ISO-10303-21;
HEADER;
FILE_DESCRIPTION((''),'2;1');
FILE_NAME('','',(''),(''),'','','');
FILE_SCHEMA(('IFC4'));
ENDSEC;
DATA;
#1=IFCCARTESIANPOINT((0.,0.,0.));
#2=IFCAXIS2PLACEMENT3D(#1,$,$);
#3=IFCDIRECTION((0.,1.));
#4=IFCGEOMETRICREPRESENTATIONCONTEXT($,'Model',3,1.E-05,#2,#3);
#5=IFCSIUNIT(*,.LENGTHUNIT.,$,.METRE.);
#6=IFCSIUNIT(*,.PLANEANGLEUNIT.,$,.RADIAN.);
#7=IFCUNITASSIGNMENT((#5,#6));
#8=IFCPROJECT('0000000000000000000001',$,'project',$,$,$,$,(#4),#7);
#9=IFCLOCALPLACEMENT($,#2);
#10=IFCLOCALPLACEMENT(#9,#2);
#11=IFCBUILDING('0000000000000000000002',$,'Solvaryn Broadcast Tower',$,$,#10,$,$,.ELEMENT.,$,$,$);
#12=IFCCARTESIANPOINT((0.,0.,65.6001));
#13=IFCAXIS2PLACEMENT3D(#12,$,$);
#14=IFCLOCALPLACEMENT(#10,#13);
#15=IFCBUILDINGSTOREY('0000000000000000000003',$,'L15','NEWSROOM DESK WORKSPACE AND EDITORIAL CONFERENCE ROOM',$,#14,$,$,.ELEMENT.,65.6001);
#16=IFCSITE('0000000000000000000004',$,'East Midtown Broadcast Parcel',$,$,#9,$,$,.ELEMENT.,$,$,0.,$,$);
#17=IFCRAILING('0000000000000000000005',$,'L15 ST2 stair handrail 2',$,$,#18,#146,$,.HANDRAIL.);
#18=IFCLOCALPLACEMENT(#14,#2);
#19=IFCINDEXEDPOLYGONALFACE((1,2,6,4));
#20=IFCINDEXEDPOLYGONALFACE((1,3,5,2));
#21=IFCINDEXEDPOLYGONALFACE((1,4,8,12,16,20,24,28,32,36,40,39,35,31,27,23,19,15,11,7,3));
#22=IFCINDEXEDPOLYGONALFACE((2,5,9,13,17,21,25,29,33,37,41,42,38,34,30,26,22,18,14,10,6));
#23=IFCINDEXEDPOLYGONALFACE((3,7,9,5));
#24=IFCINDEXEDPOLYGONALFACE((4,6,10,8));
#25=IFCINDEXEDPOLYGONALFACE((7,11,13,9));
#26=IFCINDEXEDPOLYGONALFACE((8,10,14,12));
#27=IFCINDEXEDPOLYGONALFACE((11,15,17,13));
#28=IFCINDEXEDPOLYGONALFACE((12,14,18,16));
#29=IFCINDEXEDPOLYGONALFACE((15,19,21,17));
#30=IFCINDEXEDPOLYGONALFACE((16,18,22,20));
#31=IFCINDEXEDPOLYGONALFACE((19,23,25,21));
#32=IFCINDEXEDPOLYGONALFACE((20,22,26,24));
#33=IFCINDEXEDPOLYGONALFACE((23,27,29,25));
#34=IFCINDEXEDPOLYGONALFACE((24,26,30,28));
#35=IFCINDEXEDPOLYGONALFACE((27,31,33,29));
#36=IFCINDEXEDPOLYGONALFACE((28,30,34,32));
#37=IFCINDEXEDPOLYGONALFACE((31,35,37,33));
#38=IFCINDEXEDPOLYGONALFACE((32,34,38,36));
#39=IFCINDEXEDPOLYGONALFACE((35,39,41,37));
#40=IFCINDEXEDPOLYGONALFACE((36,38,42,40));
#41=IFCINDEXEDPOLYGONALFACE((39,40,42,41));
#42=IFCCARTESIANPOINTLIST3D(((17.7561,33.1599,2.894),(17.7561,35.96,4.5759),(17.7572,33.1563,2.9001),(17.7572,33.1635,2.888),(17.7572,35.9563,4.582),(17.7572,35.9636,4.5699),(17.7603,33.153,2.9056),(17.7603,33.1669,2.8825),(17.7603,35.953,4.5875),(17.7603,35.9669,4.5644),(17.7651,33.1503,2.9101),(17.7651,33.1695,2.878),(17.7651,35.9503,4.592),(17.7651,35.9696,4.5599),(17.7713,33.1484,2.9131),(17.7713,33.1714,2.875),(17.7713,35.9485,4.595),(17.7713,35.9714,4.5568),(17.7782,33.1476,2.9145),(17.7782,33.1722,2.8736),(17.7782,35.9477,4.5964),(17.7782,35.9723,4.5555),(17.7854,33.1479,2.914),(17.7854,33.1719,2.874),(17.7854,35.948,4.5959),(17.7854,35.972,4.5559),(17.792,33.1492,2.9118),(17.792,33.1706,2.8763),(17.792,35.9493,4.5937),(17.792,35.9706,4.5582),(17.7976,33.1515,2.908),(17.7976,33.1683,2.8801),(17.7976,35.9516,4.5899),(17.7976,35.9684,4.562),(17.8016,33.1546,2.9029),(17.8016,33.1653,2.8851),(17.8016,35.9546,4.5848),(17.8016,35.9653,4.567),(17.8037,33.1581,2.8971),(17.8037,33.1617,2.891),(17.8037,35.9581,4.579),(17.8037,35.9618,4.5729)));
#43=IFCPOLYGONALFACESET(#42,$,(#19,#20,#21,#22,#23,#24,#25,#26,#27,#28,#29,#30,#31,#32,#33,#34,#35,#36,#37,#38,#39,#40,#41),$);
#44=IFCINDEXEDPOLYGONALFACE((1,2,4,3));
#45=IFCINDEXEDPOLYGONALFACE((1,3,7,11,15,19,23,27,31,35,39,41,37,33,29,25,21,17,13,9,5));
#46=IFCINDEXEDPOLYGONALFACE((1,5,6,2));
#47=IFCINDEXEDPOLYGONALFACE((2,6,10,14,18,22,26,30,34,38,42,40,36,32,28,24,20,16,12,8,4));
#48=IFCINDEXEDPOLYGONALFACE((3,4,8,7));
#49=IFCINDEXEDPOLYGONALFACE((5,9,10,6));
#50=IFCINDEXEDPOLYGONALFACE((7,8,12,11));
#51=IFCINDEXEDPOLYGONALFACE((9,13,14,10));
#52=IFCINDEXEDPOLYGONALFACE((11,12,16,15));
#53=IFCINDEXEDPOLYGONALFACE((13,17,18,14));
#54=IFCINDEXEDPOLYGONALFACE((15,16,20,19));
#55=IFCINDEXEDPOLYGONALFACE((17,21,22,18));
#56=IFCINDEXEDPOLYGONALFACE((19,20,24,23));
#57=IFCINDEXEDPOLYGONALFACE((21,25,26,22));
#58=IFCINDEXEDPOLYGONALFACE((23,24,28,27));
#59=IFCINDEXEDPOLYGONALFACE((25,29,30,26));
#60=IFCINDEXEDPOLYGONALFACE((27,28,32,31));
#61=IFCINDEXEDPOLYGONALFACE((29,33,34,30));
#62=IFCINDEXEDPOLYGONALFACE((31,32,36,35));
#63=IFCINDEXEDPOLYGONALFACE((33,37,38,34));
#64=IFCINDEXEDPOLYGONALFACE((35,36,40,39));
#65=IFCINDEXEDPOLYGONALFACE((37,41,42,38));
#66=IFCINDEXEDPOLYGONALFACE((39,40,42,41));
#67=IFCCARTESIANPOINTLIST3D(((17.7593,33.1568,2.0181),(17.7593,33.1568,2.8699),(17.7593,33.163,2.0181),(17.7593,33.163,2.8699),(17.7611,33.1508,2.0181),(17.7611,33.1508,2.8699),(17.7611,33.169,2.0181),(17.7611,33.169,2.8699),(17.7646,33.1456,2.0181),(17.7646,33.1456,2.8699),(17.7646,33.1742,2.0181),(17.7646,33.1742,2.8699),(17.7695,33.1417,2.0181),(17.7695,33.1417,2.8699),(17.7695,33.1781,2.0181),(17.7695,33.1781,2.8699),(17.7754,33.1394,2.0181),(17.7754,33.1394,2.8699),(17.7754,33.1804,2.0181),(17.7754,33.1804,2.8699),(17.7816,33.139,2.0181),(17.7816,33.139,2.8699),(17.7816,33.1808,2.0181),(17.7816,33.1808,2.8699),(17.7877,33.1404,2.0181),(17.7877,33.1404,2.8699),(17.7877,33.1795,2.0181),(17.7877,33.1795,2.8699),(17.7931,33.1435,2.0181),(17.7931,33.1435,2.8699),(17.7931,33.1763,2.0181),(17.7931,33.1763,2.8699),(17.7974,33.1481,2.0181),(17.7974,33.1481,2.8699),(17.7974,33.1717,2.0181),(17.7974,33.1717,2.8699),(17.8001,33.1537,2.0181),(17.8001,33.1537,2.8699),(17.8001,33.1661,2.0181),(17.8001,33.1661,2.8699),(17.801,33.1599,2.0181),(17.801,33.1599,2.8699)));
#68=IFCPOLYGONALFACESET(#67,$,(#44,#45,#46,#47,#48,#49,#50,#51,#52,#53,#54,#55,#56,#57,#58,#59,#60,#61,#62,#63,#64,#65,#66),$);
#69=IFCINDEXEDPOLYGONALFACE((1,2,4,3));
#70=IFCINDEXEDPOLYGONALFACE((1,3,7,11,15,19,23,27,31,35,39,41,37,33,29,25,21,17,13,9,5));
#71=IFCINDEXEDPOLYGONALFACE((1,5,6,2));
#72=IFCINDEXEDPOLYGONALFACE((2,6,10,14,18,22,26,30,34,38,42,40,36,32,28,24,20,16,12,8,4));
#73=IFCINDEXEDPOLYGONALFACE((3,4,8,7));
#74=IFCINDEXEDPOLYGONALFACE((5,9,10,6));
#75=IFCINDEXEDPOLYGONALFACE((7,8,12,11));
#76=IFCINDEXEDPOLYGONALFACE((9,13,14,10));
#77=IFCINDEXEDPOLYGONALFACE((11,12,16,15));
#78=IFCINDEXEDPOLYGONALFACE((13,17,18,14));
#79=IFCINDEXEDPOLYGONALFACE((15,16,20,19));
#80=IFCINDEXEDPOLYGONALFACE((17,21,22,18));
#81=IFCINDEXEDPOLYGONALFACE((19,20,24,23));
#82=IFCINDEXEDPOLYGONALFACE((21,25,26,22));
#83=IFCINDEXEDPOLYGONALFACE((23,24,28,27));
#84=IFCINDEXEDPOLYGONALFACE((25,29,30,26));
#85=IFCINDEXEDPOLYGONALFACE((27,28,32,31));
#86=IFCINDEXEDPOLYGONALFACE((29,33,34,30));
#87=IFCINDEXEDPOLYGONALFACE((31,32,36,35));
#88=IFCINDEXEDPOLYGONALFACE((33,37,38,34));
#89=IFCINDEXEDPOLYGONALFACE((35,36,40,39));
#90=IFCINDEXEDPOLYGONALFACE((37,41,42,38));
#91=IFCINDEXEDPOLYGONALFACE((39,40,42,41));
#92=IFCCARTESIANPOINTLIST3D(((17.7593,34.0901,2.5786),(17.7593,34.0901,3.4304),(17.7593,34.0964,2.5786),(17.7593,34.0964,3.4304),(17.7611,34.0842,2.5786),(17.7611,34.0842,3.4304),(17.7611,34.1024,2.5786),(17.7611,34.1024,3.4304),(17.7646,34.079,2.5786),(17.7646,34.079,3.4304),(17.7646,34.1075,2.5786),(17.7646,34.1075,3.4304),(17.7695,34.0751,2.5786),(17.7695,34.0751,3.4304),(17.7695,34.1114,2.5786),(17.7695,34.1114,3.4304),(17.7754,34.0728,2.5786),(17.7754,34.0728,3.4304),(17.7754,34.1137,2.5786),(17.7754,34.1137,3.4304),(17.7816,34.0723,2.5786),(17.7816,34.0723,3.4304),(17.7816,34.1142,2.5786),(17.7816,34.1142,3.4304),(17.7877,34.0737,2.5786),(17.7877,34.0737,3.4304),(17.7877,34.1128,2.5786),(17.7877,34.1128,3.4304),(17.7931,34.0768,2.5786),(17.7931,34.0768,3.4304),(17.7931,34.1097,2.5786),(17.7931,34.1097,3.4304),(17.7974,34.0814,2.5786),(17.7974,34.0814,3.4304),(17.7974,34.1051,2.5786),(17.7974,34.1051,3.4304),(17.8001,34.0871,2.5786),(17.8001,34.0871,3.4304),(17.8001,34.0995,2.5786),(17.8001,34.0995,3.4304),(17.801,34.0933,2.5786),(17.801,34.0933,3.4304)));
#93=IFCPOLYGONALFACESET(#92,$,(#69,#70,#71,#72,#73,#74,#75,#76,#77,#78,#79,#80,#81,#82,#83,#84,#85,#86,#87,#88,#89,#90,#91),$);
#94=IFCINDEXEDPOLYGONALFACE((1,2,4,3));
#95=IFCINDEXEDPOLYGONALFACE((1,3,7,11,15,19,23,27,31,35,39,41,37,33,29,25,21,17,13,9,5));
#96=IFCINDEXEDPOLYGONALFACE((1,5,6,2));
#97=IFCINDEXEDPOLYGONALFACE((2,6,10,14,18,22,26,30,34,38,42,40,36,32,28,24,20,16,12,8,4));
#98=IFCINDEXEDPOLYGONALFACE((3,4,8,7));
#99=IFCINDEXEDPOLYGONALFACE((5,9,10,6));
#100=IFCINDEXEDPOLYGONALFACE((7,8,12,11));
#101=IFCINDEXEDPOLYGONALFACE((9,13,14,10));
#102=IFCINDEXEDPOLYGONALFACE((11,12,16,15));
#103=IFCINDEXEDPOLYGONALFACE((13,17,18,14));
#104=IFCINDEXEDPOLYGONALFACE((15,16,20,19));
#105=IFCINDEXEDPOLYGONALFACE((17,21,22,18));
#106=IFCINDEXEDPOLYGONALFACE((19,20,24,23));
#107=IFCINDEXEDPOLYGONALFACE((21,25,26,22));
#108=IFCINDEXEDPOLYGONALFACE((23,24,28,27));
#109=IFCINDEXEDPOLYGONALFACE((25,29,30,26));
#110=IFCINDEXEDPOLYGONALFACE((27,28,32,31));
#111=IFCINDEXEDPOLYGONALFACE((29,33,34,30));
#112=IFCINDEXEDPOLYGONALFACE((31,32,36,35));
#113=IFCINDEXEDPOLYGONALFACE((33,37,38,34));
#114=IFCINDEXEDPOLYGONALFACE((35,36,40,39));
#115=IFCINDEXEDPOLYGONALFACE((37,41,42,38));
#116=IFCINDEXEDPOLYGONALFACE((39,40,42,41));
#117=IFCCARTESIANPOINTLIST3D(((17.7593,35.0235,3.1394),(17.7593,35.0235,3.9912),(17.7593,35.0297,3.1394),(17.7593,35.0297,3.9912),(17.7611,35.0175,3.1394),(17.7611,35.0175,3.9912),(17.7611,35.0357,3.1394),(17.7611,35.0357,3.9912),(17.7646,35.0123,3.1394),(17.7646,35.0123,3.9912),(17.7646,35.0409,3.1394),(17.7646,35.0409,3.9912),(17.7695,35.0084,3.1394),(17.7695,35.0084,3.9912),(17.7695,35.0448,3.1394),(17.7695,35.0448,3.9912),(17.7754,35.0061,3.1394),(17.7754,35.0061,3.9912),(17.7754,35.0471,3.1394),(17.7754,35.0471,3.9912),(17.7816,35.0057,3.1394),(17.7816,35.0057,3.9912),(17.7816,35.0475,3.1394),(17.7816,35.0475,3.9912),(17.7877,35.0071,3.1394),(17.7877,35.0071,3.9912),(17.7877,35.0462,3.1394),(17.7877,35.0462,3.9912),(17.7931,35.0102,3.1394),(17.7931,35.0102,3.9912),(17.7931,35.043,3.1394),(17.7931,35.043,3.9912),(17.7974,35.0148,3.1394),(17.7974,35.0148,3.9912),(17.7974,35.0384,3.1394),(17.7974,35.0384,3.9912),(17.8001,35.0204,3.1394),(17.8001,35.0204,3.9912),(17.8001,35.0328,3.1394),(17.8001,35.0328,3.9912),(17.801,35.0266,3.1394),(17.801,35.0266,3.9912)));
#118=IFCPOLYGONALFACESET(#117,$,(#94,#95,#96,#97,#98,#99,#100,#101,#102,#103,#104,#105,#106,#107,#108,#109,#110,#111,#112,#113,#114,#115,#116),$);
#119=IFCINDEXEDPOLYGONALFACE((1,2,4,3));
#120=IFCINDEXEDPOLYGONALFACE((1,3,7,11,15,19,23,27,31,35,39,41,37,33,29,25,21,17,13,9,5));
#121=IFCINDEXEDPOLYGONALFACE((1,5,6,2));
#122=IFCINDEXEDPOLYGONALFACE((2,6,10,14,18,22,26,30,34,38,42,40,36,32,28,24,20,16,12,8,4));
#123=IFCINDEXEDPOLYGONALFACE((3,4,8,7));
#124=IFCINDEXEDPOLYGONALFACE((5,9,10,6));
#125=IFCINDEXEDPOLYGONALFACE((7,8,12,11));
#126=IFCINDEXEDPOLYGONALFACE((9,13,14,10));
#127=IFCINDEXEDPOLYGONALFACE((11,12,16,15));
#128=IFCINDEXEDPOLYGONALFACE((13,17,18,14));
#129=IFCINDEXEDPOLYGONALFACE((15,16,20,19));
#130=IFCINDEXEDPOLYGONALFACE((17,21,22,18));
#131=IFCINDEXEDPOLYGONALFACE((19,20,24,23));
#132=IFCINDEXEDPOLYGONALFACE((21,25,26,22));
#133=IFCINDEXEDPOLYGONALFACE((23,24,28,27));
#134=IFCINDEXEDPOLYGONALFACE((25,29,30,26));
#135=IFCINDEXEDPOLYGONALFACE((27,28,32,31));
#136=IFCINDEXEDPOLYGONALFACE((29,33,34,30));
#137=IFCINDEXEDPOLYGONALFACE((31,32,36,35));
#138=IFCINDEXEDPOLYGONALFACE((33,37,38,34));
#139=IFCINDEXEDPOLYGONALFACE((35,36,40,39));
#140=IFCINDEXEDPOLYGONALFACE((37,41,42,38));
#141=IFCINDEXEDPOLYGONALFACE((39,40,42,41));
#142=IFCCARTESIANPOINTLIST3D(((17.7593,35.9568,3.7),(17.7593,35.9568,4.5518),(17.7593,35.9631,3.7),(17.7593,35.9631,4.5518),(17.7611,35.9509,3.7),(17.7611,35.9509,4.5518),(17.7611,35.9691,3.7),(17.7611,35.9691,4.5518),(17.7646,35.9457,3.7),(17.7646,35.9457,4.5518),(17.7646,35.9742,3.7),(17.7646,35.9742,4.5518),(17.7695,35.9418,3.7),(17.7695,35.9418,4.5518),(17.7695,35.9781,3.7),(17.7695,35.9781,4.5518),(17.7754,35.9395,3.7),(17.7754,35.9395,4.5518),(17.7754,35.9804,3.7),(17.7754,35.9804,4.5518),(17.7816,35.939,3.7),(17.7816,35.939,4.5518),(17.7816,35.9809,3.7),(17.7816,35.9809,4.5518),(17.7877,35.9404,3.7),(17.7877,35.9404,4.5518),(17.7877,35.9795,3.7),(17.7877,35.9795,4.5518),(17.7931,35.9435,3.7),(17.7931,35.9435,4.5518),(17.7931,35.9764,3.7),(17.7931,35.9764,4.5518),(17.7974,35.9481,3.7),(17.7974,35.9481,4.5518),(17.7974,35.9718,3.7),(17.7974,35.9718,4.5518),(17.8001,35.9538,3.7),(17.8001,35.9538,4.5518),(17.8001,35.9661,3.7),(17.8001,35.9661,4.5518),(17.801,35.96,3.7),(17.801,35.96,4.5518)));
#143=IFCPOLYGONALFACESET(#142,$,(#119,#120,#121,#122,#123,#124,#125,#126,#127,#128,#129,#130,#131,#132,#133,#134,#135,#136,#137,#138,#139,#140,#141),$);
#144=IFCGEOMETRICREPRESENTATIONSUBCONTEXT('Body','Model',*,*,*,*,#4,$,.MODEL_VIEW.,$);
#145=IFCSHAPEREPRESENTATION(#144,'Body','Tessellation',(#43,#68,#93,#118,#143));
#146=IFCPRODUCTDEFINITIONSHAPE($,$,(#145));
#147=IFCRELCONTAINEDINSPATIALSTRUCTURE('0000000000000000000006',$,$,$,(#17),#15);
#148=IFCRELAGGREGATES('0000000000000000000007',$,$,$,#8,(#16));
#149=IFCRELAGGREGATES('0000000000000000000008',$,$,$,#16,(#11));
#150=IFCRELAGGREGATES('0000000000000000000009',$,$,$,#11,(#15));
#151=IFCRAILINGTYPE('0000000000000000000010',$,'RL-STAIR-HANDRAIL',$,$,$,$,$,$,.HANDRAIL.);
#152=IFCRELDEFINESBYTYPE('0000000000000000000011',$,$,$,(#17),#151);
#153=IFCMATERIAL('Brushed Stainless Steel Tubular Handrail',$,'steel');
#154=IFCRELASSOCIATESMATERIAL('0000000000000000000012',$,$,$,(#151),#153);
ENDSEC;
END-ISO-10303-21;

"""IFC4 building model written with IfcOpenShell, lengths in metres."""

from ifc_helpers import new_model, si_unit, direction, frame, origin, origin_2d, place, context, subcontext, project, spatial, circle, extrude, material, type_object, element, save


model = new_model("IFC4")

# Units and contexts
model_context = context("Model", 3, precision=1e-05, world=origin(), true_north=direction((0.0, 1.0)))
body_context = subcontext(model_context, "Body", "Model", "MODEL_VIEW")
ifc_project = project(units=[si_unit("LENGTHUNIT", "METRE"), si_unit("PLANEANGLEUNIT", "RADIAN")], contexts=[model_context])

# Site, building, storey
site_placement = place(None, origin())
site = spatial("IfcSite", under=ifc_project, at=site_placement, Name="East Midtown Broadcast Parcel", CompositionType="ELEMENT", RefElevation=0.0)
building_placement = place(site_placement, origin())
building = spatial("IfcBuilding", under=site, at=building_placement, Name="Solvaryn Broadcast Tower", CompositionType="ELEMENT")
storey_placement = place(building_placement, frame((0.0, 0.0, 65.6001)))
storey = spatial("IfcBuildingStorey", under=building, at=storey_placement, Name="L15", Description="NEWSROOM DESK WORKSPACE AND EDITORIAL CONFERENCE ROOM", CompositionType="ELEMENT", Elevation=65.6001)

# Railing
ifc_material_1 = material(Name="Brushed Stainless Steel Tubular Handrail", Category="steel")
railing_type_1 = type_object("IfcRailingType", Name="RL-STAIR-HANDRAIL", PredefinedType="HANDRAIL", material=ifc_material_1)
railing_1_placement = place(storey_placement, frame((17.78, 33.1599, 2.0181)))
element("IfcRailing", 1, at=railing_1_placement, inside=storey, type_object=railing_type_1, Name="L15 ST2 stair handrail 2", PredefinedType="HANDRAIL", context=body_context, shape_type="SweptSolid", body=[
    extrude(circle(Radius=0.0239, at=origin_2d()), frame((0.0, 0.0, 0.876), z_axis=(0.0, 0.857242, 0.514913), x_axis=(-1.0, 0.0, 0.0)), (0.0, 0.0, 1.0), 3.2664),
    extrude(circle(Radius=0.021, at=origin_2d()), origin(), (0.0, 0.0, 1.0), 0.8518),
    extrude(circle(Radius=0.021, at=origin_2d()), frame((0.0, 0.9333, 0.5605)), (0.0, 0.0, 1.0), 0.8518),
    extrude(circle(Radius=0.021, at=origin_2d()), frame((0.0, 1.8667, 1.1213)), (0.0, 0.0, 1.0), 0.8518),
    extrude(circle(Radius=0.021, at=origin_2d()), frame((0.0, 2.8, 1.6819)), (0.0, 0.0, 1.0), 0.8518),
])

save(model, "model.ifc")
